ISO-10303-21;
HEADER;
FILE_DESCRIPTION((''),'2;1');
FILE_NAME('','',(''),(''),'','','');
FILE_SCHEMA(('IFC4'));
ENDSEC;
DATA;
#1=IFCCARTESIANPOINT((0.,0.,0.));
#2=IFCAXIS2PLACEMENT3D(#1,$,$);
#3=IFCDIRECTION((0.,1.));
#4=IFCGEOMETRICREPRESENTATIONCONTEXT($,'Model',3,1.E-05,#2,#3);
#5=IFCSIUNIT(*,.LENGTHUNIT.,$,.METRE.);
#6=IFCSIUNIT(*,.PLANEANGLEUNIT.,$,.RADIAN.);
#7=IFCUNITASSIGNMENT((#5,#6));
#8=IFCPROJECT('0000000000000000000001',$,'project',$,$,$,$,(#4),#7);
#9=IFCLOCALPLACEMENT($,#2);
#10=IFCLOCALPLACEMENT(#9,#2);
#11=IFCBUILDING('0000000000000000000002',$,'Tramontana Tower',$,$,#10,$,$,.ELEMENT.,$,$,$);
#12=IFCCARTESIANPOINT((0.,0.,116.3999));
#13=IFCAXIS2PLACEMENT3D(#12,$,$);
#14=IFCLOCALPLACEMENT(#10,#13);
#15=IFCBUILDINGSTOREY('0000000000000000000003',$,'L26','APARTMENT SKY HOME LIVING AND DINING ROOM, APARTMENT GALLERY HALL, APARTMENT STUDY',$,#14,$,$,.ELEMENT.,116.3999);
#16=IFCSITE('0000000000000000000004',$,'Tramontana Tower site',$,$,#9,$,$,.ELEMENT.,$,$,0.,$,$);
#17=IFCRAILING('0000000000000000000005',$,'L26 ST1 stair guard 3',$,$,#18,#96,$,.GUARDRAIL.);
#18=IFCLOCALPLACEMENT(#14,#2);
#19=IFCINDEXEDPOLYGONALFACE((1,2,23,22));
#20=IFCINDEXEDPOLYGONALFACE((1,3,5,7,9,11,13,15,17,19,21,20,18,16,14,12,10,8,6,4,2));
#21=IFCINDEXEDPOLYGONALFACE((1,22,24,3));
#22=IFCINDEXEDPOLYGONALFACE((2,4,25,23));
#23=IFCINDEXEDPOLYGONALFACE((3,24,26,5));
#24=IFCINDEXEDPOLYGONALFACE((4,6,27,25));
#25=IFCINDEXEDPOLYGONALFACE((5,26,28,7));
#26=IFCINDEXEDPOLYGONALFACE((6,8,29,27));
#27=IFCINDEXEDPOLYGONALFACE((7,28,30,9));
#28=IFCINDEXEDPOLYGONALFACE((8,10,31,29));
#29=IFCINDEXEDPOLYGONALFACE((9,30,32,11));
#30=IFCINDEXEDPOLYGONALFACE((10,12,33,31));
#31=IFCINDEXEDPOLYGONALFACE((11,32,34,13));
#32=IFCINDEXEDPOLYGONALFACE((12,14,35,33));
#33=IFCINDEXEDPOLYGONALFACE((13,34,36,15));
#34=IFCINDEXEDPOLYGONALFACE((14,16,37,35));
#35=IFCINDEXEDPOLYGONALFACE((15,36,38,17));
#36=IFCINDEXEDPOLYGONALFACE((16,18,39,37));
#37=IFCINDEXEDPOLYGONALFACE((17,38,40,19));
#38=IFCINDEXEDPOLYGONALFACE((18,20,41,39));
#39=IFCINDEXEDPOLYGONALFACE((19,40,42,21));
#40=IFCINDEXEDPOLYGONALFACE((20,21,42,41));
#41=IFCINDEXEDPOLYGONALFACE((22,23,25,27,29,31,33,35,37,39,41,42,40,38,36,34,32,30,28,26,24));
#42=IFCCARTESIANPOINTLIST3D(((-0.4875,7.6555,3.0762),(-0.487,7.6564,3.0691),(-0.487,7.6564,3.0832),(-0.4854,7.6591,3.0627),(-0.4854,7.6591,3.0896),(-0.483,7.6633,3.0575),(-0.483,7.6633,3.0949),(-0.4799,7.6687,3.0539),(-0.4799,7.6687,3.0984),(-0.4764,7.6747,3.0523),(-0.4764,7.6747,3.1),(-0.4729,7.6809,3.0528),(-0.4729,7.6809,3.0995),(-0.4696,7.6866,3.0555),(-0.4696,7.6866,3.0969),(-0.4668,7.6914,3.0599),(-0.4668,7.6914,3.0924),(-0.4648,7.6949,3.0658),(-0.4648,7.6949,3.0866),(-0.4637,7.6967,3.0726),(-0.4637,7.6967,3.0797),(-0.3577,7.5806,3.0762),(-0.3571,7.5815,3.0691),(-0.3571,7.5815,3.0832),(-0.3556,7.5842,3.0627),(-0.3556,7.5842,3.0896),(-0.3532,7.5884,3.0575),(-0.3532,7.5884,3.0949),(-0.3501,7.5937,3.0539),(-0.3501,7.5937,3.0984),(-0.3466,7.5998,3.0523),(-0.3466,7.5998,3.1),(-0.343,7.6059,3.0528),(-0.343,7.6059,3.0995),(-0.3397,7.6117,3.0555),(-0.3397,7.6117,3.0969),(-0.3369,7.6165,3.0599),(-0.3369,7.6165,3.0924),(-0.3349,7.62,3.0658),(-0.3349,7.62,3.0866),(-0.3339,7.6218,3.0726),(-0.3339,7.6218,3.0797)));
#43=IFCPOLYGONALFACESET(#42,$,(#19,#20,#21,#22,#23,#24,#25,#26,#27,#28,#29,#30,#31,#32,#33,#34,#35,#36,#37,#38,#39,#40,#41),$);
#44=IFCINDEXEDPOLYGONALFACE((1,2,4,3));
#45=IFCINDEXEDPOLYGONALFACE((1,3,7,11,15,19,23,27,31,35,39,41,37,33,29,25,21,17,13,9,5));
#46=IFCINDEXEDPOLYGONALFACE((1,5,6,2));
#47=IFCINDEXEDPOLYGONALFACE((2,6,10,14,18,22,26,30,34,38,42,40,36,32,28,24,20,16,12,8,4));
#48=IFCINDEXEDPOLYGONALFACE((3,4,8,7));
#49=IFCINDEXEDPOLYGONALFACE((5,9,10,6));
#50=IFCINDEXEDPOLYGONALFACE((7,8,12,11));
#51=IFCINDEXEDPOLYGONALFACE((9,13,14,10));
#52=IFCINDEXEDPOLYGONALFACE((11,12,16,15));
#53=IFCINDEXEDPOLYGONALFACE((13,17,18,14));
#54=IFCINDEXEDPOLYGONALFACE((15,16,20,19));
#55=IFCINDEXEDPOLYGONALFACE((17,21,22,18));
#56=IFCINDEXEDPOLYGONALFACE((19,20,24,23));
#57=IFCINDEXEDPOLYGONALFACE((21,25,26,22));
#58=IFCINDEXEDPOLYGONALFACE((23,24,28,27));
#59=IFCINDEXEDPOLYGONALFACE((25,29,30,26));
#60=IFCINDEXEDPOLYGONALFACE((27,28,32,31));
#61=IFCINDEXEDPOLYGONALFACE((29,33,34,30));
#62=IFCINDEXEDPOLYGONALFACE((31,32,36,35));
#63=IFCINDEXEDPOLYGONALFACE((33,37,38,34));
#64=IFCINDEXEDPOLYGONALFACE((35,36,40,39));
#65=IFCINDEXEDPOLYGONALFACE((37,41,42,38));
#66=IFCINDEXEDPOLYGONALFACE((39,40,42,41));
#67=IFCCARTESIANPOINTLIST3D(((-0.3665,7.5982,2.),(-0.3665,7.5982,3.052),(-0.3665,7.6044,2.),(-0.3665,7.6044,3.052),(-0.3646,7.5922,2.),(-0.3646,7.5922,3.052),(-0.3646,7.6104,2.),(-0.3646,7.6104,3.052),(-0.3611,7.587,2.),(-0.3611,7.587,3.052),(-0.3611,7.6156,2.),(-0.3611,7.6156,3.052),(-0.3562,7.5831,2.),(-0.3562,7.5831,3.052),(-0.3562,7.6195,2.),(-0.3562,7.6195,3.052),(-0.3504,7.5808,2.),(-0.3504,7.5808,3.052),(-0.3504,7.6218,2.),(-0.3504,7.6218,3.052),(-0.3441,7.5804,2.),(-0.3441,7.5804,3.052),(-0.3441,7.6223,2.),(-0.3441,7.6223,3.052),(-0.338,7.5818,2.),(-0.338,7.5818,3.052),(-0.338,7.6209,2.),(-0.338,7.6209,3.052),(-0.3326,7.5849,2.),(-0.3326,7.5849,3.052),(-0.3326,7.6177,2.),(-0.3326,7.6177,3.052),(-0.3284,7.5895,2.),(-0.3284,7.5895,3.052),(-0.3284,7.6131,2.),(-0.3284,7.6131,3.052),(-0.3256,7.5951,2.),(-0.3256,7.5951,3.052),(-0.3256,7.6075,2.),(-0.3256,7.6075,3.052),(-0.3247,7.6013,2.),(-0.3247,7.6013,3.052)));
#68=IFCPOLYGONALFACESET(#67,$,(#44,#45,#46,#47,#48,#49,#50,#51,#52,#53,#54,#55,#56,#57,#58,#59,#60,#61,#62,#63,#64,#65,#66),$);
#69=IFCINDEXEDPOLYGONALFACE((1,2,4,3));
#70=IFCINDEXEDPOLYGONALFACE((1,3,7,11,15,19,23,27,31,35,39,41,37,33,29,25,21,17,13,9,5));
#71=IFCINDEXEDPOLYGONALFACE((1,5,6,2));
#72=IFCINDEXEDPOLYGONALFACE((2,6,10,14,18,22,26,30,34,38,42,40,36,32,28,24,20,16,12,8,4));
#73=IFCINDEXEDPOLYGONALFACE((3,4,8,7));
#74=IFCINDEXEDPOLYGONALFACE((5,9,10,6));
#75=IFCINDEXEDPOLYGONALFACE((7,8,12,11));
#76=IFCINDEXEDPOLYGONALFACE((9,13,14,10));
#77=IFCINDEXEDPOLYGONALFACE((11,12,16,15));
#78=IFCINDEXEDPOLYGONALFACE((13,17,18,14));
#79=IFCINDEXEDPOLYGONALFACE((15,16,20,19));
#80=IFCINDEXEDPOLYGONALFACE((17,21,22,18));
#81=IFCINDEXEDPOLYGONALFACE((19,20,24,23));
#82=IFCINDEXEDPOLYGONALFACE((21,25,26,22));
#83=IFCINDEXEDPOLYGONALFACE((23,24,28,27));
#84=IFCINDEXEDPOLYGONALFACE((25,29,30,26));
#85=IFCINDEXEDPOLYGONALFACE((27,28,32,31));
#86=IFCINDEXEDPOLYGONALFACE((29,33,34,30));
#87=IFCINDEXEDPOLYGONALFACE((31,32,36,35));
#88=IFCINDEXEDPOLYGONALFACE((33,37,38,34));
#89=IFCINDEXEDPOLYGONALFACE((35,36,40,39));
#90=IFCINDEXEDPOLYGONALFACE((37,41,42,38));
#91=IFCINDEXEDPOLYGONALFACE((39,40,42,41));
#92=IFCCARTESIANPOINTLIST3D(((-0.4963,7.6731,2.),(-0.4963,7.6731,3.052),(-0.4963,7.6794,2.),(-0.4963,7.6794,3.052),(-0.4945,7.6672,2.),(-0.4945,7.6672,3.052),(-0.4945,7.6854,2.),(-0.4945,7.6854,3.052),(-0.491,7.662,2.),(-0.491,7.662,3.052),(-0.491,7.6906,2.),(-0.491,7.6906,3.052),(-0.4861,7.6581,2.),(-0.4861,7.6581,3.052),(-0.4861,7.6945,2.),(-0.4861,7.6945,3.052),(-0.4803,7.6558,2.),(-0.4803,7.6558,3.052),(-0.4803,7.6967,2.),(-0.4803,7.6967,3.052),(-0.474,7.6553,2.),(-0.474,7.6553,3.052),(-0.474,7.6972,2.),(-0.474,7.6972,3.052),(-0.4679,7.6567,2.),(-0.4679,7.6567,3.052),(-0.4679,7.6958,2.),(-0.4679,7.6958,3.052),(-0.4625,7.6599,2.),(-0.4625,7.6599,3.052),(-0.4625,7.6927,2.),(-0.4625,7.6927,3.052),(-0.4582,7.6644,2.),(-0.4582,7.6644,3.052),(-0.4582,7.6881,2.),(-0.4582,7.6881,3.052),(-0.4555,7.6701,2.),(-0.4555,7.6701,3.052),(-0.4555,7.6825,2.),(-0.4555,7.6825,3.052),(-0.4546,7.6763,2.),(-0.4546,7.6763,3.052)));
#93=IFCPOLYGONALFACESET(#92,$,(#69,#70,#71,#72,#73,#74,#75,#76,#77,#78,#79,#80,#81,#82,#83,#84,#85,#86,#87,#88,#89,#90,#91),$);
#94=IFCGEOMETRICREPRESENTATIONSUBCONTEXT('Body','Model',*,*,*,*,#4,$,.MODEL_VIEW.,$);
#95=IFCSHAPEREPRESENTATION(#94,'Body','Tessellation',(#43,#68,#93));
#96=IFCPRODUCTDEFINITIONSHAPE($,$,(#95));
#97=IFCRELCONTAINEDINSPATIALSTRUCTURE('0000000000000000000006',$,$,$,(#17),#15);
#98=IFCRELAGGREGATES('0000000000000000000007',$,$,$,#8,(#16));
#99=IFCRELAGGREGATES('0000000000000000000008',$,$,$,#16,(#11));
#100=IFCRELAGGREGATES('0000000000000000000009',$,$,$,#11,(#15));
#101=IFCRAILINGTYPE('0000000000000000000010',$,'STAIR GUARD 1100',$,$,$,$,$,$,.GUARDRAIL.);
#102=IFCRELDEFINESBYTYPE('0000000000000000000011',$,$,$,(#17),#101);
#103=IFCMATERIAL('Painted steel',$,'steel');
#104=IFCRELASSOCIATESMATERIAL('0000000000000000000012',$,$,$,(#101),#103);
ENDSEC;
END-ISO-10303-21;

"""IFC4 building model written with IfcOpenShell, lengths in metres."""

from ifc_helpers import new_model, si_unit, direction, frame, origin, origin_2d, place, context, subcontext, project, spatial, circle, extrude, material, type_object, element, save


model = new_model("IFC4")

# Units and contexts
model_context = context("Model", 3, precision=1e-05, world=origin(), true_north=direction((0.0, 1.0)))
body_context = subcontext(model_context, "Body", "Model", "MODEL_VIEW")
ifc_project = project(units=[si_unit("LENGTHUNIT", "METRE"), si_unit("PLANEANGLEUNIT", "RADIAN")], contexts=[model_context])

# Site, building, storey
site_placement = place(None, origin())
site = spatial("IfcSite", under=ifc_project, at=site_placement, Name="Tramontana Tower site", CompositionType="ELEMENT", RefElevation=0.0)
building_placement = place(site_placement, origin())
building = spatial("IfcBuilding", under=site, at=building_placement, Name="Tramontana Tower", CompositionType="ELEMENT")
storey_placement = place(building_placement, frame((0.0, 0.0, 116.3999)))
storey = spatial("IfcBuildingStorey", under=building, at=storey_placement, Name="L26", Description="APARTMENT SKY HOME LIVING AND DINING ROOM, APARTMENT GALLERY HALL, APARTMENT STUDY", CompositionType="ELEMENT", Elevation=116.3999)

# Railing
ifc_material_1 = material(Name="Painted steel", Category="steel")
railing_type_1 = type_object("IfcRailingType", Name="STAIR GUARD 1100", PredefinedType="GUARDRAIL", material=ifc_material_1)
railing_1_placement = place(storey_placement, frame((-0.3457, 7.6013, 2.0)))
element("IfcRailing", 1, at=railing_1_placement, inside=storey, type_object=railing_type_1, Name="L26 ST1 stair guard 3", PredefinedType="GUARDRAIL", context=body_context, shape_type="SweptSolid", body=[
    extrude(circle(Radius=0.0239, at=origin_2d()), frame((0.0, 0.0, 1.0762), z_axis=(-0.866131, 0.499816, 0.0), x_axis=(-0.499816, -0.866131, 0.0)), (0.0, 0.0, 1.0), 0.1499),
    extrude(circle(Radius=0.021, at=origin_2d()), origin(), (0.0, 0.0, 1.0), 1.052),
    extrude(circle(Radius=0.021, at=origin_2d()), frame((-0.1299, 0.075, 0.0)), (0.0, 0.0, 1.0), 1.052),
])

save(model, "model.ifc")
